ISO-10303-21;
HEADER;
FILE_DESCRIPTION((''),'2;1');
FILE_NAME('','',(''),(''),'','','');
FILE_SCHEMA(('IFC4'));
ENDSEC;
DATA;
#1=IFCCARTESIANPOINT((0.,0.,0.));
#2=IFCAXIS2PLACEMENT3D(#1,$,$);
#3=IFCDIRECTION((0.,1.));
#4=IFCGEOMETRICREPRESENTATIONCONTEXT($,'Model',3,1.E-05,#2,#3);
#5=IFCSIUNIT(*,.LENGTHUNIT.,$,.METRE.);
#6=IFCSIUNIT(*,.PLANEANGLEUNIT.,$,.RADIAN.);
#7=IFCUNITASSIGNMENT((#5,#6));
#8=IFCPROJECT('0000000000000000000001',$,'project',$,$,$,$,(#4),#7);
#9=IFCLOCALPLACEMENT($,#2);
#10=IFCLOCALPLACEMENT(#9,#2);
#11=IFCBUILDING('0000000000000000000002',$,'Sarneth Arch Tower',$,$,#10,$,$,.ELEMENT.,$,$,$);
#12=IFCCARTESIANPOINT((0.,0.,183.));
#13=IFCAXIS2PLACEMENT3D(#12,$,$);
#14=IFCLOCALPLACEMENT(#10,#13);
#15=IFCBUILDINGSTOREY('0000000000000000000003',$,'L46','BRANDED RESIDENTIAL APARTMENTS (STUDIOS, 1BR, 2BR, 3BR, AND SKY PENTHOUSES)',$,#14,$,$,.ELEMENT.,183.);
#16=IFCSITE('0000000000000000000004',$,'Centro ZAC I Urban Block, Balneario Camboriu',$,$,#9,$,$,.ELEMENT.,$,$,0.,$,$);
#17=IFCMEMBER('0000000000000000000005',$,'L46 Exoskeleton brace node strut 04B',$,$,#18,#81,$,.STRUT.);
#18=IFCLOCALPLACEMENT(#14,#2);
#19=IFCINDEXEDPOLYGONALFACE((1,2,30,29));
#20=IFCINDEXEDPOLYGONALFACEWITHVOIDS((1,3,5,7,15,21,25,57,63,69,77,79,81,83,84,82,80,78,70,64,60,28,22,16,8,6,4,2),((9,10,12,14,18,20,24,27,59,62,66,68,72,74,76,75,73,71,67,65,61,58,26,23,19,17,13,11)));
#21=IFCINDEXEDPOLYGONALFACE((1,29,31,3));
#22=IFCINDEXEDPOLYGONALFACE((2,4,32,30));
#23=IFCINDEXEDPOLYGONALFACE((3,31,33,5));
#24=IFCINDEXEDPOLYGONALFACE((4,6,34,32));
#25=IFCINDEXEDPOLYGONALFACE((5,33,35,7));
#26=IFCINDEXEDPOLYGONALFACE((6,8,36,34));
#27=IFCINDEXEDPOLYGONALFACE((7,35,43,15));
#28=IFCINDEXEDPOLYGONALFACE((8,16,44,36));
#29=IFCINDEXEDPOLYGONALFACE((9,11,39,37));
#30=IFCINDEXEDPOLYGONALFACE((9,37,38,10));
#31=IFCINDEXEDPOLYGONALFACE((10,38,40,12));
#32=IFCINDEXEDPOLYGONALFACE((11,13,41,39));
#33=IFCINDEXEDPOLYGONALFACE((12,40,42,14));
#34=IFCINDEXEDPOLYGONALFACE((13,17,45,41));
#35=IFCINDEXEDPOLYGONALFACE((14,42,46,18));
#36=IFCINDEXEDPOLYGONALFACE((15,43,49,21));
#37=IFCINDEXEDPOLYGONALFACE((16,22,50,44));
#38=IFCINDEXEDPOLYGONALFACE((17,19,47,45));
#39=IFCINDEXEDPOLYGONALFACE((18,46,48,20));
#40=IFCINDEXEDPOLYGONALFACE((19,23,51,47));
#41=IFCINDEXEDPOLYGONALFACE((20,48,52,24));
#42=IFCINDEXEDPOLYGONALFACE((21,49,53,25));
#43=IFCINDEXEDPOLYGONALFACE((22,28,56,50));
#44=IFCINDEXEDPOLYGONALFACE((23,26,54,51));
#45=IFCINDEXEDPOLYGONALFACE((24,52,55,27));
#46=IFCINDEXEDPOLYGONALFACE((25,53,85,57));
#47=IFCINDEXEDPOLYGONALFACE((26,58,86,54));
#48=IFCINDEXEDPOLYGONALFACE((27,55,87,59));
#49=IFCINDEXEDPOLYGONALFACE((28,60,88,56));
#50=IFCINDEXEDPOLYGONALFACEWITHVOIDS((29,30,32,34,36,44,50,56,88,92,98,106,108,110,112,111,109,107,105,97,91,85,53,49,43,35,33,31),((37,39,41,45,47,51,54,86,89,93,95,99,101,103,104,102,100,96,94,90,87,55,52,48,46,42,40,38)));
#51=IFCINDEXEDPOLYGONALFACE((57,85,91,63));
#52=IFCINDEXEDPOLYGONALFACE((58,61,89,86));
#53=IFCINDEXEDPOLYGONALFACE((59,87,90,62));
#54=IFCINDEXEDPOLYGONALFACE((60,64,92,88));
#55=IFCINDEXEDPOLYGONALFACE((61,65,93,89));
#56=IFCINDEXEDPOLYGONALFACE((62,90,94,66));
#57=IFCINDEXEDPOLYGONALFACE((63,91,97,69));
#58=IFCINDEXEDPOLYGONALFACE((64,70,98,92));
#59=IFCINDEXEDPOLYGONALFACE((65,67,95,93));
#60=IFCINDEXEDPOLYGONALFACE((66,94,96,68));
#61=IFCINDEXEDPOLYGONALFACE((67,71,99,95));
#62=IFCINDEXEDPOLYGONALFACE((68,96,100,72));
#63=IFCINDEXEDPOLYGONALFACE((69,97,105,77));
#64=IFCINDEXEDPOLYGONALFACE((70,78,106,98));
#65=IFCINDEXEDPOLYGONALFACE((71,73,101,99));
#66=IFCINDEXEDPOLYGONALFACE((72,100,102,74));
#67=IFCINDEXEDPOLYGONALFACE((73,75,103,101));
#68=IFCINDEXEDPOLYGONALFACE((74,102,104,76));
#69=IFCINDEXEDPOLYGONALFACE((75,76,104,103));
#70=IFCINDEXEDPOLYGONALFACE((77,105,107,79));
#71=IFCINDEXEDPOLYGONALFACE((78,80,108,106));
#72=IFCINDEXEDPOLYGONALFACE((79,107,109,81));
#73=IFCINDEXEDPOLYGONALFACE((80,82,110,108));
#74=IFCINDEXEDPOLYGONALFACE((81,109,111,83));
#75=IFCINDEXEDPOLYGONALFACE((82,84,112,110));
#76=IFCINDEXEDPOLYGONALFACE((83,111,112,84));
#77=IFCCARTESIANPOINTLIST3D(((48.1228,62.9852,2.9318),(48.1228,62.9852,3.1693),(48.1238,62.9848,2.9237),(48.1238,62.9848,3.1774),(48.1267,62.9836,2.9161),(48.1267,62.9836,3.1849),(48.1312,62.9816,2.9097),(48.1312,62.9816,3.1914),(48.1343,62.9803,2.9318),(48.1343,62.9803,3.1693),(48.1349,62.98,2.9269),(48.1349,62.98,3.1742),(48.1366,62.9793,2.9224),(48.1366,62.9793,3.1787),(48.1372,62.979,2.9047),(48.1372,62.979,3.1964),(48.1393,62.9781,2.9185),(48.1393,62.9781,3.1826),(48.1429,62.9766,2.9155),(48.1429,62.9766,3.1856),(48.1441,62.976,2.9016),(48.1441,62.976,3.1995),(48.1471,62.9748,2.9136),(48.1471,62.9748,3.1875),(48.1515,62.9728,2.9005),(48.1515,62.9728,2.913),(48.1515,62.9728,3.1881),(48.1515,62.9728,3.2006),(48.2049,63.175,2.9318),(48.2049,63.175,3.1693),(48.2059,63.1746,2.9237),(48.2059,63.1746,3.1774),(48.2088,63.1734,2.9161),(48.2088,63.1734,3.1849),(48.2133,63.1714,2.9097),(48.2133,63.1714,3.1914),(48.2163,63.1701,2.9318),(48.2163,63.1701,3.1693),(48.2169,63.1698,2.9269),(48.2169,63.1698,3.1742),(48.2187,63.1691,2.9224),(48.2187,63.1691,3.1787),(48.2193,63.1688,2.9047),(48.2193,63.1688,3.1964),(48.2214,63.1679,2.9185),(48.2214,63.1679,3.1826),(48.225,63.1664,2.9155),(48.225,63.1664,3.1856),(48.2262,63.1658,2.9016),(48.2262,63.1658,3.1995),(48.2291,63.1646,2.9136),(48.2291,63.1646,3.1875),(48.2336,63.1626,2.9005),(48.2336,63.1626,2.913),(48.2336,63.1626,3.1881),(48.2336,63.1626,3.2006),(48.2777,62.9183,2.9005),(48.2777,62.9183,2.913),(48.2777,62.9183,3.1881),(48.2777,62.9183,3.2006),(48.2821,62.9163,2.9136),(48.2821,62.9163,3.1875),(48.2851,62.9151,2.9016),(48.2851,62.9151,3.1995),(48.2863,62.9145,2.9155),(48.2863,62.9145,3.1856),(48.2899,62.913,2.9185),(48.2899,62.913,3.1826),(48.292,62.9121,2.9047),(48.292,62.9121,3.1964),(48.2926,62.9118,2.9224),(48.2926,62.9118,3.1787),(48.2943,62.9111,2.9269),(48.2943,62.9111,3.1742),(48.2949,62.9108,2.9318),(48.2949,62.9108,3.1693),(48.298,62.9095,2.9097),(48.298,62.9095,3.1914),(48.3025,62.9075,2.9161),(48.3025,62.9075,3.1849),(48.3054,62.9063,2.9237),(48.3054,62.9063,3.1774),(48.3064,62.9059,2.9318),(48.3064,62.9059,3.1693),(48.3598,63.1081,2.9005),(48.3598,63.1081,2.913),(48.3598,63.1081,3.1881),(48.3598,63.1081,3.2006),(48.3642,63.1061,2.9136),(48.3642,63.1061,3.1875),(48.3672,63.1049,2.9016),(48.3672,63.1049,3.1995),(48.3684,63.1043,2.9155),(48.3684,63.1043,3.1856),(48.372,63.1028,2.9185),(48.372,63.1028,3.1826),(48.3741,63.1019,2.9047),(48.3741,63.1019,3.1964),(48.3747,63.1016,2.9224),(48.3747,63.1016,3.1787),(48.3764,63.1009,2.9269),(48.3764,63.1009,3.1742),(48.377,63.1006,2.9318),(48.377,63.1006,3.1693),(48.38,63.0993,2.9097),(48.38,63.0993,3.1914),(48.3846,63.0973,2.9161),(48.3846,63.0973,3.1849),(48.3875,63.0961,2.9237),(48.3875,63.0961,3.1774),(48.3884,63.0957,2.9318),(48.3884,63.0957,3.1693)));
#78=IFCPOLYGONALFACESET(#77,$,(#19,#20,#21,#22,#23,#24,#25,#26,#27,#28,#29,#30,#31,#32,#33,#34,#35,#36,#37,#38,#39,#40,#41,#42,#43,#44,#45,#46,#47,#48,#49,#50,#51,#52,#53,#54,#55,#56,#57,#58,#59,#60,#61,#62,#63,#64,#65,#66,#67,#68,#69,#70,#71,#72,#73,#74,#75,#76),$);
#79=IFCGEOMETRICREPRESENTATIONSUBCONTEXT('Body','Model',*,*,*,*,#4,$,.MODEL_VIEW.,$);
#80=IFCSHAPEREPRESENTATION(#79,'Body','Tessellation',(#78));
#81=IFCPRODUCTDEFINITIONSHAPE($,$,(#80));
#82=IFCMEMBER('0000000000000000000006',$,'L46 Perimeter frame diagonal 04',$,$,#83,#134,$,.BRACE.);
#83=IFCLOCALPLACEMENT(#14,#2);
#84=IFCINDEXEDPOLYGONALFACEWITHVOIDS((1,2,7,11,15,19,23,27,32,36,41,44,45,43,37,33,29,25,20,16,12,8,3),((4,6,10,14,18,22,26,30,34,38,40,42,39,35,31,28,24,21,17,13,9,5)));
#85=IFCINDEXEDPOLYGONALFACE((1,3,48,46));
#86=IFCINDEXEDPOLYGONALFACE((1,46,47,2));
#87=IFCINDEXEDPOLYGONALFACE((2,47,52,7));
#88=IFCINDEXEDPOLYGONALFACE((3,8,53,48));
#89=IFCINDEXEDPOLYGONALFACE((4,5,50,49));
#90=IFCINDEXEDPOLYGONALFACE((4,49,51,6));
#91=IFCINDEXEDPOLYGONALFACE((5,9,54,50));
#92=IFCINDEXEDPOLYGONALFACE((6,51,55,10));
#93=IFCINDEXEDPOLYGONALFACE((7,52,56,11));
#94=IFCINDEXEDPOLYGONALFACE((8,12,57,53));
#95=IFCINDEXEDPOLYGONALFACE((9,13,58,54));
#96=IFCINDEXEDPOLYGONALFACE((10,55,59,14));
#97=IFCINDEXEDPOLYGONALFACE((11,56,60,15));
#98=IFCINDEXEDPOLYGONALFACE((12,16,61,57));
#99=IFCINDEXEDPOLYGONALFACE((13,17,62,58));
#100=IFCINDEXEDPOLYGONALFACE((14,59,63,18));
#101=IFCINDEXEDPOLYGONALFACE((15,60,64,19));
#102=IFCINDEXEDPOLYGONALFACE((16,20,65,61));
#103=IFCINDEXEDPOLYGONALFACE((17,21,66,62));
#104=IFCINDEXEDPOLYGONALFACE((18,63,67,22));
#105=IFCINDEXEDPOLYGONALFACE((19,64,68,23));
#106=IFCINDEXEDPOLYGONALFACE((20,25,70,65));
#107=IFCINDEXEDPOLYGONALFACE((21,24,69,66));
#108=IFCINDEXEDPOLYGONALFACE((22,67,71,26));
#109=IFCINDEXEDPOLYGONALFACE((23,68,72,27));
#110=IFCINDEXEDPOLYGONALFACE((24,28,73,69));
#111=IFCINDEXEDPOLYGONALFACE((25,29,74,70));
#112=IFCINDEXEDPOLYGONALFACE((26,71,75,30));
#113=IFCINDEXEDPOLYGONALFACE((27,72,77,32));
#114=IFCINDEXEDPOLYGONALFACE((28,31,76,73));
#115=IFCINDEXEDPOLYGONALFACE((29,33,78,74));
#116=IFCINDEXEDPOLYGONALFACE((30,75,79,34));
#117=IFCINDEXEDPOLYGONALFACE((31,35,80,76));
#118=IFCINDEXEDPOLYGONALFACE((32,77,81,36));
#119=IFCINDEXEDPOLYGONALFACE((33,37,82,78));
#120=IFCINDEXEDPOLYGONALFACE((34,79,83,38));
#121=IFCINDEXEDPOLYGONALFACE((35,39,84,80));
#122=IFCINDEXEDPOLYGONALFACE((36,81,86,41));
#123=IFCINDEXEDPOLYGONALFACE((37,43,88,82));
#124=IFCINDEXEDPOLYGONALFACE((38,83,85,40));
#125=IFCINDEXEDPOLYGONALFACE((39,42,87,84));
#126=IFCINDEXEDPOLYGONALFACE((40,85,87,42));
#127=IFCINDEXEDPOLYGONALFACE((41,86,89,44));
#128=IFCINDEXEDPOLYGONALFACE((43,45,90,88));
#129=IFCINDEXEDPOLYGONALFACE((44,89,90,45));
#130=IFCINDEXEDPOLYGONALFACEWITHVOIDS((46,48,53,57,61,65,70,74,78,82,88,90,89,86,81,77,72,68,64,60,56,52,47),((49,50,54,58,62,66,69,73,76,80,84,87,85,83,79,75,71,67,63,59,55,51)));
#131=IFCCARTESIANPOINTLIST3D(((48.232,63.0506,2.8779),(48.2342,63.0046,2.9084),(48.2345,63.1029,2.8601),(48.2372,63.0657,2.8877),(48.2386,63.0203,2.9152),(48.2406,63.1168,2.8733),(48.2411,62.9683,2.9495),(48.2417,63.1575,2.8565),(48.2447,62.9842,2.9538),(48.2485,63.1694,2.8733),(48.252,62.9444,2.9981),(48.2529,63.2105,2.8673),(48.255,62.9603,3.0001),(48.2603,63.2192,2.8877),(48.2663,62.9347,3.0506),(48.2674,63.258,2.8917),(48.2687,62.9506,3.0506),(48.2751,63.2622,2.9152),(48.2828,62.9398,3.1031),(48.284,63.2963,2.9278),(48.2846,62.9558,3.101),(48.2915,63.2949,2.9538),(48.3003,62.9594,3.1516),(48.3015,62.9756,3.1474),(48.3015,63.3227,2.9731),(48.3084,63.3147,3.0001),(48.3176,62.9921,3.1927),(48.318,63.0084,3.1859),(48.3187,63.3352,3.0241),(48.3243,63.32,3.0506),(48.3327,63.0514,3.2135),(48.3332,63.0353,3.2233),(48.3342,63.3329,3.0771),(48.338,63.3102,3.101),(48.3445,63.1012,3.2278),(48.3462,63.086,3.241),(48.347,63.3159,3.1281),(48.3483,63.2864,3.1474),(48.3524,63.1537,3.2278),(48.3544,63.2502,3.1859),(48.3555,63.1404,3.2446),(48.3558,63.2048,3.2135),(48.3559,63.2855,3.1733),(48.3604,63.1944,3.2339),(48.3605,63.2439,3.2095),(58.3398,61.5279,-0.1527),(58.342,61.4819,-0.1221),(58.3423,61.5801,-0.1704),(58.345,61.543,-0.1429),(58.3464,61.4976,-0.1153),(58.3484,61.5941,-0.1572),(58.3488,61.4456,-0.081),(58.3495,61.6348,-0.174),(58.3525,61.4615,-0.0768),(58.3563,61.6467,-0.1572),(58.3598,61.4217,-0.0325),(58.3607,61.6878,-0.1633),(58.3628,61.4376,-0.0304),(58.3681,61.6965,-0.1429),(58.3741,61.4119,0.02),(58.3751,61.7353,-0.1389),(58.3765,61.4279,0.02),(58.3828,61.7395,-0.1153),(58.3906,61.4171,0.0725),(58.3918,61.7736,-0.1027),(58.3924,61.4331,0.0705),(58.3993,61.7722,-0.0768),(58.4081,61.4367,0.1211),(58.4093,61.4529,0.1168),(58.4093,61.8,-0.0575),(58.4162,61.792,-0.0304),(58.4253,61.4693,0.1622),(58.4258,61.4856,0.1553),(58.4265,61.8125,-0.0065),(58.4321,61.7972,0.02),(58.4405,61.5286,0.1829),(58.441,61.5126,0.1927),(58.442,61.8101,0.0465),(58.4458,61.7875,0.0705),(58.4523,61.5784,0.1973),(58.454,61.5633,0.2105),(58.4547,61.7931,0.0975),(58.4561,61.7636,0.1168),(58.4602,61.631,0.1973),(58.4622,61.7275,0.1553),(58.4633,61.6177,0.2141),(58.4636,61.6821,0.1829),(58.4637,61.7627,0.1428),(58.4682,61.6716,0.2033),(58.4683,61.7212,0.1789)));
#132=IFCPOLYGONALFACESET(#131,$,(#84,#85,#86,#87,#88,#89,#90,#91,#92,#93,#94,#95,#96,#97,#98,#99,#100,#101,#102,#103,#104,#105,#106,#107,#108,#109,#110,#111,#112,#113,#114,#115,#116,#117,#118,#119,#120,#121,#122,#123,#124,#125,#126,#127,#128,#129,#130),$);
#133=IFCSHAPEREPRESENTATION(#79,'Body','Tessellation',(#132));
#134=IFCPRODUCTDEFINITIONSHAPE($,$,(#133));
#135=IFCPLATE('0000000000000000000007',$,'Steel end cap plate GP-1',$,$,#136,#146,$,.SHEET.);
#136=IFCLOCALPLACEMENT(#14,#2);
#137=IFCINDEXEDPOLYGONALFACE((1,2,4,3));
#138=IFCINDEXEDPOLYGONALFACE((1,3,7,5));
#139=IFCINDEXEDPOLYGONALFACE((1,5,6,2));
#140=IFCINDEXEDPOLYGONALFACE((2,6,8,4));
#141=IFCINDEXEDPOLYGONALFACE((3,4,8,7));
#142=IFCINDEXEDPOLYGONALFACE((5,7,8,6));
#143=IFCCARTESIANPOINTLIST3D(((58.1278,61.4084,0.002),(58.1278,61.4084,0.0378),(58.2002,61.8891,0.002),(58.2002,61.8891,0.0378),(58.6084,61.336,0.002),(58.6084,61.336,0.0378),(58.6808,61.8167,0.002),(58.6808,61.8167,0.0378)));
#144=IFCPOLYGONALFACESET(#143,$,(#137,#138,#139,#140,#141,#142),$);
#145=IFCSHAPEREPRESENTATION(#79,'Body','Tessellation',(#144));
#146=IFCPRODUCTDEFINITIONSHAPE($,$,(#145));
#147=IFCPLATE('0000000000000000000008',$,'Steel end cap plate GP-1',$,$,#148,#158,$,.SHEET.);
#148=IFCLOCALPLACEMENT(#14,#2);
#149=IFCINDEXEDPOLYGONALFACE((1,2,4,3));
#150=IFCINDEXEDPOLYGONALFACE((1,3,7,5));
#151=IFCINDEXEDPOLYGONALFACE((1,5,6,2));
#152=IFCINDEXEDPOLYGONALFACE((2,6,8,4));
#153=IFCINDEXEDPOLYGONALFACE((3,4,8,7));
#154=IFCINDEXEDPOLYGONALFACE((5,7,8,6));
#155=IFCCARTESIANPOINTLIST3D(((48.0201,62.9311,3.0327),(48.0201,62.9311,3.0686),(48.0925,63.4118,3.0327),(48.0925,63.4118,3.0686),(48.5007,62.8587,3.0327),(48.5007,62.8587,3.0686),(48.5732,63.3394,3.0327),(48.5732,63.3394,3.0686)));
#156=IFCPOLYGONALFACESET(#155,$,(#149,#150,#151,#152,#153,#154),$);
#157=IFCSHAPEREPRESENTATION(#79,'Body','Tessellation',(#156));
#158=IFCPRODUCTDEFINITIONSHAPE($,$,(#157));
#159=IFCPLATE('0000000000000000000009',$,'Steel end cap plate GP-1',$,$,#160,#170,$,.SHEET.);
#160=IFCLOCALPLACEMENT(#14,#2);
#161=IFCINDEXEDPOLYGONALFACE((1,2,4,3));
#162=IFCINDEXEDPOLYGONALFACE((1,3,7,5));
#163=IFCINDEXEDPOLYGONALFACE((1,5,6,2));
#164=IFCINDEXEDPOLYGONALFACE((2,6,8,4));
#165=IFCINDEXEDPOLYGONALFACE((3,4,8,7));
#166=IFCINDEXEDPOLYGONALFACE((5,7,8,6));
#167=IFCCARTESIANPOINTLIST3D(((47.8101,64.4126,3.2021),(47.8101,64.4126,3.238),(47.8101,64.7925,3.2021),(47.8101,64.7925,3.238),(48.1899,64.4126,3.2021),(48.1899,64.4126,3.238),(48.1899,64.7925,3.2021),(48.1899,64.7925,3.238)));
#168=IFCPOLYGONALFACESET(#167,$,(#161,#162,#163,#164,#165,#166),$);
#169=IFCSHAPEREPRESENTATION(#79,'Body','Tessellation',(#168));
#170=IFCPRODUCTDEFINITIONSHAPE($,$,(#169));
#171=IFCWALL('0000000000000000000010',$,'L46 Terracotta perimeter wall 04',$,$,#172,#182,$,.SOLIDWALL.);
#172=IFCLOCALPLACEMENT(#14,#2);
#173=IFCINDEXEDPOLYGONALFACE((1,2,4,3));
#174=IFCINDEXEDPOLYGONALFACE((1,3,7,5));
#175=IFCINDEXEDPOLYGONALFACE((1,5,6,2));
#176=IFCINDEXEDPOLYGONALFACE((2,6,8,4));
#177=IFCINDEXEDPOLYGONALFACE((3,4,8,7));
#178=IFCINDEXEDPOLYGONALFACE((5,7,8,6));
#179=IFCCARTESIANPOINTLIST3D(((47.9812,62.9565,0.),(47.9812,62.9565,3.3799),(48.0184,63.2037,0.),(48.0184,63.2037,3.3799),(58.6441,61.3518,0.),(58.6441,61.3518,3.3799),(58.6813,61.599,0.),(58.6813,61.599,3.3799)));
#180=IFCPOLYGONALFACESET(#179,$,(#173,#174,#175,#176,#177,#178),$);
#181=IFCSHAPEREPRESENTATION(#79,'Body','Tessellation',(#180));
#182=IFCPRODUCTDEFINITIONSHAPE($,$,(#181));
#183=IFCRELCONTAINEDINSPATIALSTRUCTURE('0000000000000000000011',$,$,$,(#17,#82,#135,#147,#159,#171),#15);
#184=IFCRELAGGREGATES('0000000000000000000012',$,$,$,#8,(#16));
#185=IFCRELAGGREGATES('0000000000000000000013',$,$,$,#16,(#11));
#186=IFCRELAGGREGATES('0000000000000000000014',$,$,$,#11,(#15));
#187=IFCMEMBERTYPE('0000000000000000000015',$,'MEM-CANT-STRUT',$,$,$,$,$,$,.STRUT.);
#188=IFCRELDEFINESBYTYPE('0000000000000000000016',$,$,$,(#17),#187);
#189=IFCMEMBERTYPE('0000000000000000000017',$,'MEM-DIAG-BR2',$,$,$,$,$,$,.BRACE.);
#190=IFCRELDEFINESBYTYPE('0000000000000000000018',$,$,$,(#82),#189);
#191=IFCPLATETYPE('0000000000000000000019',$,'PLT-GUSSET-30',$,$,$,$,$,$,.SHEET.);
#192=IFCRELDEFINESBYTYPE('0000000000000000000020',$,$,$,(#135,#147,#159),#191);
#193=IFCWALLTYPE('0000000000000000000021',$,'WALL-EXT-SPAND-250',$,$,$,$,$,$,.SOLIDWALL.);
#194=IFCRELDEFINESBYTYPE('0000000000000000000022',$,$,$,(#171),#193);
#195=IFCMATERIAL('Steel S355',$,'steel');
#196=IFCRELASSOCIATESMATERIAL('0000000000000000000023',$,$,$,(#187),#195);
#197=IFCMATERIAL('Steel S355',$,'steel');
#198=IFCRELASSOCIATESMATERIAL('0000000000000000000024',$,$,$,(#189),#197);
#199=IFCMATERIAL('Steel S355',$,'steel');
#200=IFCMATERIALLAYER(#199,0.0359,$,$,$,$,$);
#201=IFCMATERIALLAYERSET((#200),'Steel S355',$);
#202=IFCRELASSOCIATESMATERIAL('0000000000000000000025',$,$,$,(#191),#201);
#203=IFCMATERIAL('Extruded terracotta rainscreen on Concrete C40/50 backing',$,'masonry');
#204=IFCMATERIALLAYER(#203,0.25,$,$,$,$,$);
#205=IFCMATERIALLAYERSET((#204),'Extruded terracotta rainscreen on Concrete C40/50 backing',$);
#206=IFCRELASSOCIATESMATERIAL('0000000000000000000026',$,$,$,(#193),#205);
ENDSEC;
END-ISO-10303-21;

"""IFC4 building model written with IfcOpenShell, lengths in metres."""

from ifc_helpers import new_model, si_unit, direction, frame, frame_2d, origin, origin_2d, place, context, subcontext, project, spatial, rectangle, hollow_rectangle, hollow_circle, extrude, material, layer, layer_set, material_profile, profile_set, type_object, element, save


model = new_model("IFC4")

# Units and contexts
model_context = context("Model", 3, precision=1e-05, world=origin(), true_north=direction((0.0, 1.0)))
body_context = subcontext(model_context, "Body", "Model", "MODEL_VIEW")
ifc_project = project(units=[si_unit("LENGTHUNIT", "METRE"), si_unit("PLANEANGLEUNIT", "RADIAN")], contexts=[model_context])

# Site, building, storey
site_placement = place(None, origin())
site = spatial("IfcSite", under=ifc_project, at=site_placement, Name="Centro ZAC I Urban Block, Balneario Camboriu", CompositionType="ELEMENT", RefElevation=0.0)
building_placement = place(site_placement, origin())
building = spatial("IfcBuilding", under=site, at=building_placement, Name="Sarneth Arch Tower", CompositionType="ELEMENT")
storey_placement = place(building_placement, frame((0.0, 0.0, 183.0)))
storey = spatial("IfcBuildingStorey", under=building, at=storey_placement, Name="L46", Description="BRANDED RESIDENTIAL APARTMENTS (STUDIOS, 1BR, 2BR, 3BR, AND SKY PENTHOUSES)", CompositionType="ELEMENT", Elevation=183.0)

# Members
ifc_material_1 = material(Name="Steel S355", Category="steel")
ifc_material_profile_1 = material_profile(ifc_material_1, hollow_rectangle(XDim=0.2, YDim=0.3, WallThickness=0.0125, InnerFilletRadius=0.0188, OuterFilletRadius=0.0312, at=origin_2d()), Name="RHS300x200x12.5")
ifc_profile_set_1 = profile_set([ifc_material_profile_1], Name="Steel S355")
member_type_1 = type_object("IfcMemberType", Name="MEM-CANT-STRUT", PredefinedType="STRUT", material=ifc_profile_set_1)
member_1_placement = place(storey_placement, frame((48.2146, 62.9456, 3.0505), z_axis=(0.396911, 0.917857, 0.0), x_axis=(-0.917857, 0.396911, 0.0)))
element("IfcMember", 1, at=member_1_placement, inside=storey, type_object=member_type_1, Name="L46 Exoskeleton brace node strut 04B", PredefinedType="STRUT", context=body_context, shape_type="SweptSolid", body=[
    extrude(hollow_rectangle(XDim=0.2, YDim=0.3, WallThickness=0.0125, InnerFilletRadius=0.0188, OuterFilletRadius=0.0312, at=origin_2d()), origin(), (0.0, 0.0, 1.0), 0.2068),
])
ifc_material_2 = material(Name="Steel S355", Category="steel")
ifc_material_profile_2 = material_profile(ifc_material_2, hollow_circle(Radius=0.2029, WallThickness=0.0161, at=origin_2d()), Name="CHS406x16")
ifc_profile_set_2 = profile_set([ifc_material_profile_2], Name="Steel S355")
member_type_2 = type_object("IfcMemberType", Name="MEM-DIAG-BR2", PredefinedType="BRACE", material=ifc_profile_set_2)
member_2_placement = place(storey_placement, frame((58.4043, 61.6125, 0.02), z_axis=(-0.948053, 0.142823, 0.284249), x_axis=(-0.148968, -0.988842, 0.0)))
element("IfcMember", 2, at=member_2_placement, inside=storey, type_object=member_type_2, Name="L46 Perimeter frame diagonal 04", PredefinedType="BRACE", context=body_context, shape_type="SweptSolid", body=[
    extrude(hollow_circle(Radius=0.2029, WallThickness=0.0161, at=origin_2d()), origin(), (0.0, 0.0, 1.0), 10.6616),
])

# Plates
ifc_material_3 = material(Name="Steel S355", Category="steel")
ifc_layer_1 = layer(ifc_material_3, 0.0359)
ifc_layer_set_1 = layer_set([ifc_layer_1], Name="Steel S355")
plate_type = type_object("IfcPlateType", Name="PLT-GUSSET-30", PredefinedType="SHEET", material=ifc_layer_set_1)
for number, where, z_axis, x_axis, name in (
    (3, (58.4043, 61.6125, 0.002), (0.0, 0.0, 1.0), (-0.988835, 0.149018, 0.0), "Steel end cap plate GP-1"),
    (4, (48.2966, 63.1353, 3.0327), (0.0, 0.0, 1.0), (-0.988835, 0.149018, 0.0), "Steel end cap plate GP-1"),
):
    element("IfcPlate", number, at=place(storey_placement, frame(where, z_axis=z_axis, x_axis=x_axis)), inside=storey, type_object=plate_type, Name=name, PredefinedType="SHEET", context=body_context, shape_type="SweptSolid", body=[
        extrude(rectangle(XDim=0.4861, YDim=0.4861, at=origin_2d()), origin(), (0.0, 0.0, 1.0), 0.0359),
    ])
plate_placement = place(storey_placement, frame((48.0, 64.6025, 3.2021), z_axis=(0.0, 0.0, 1.0), x_axis=(0.0, 1.0, 0.0)))
element("IfcPlate", 5, at=plate_placement, inside=storey, type_object=plate_type, Name="Steel end cap plate GP-1", PredefinedType="SHEET", context=body_context, shape_type="SweptSolid", body=[
    extrude(rectangle(XDim=0.3799, YDim=0.3799, at=origin_2d()), origin(), (0.0, 0.0, 1.0), 0.0359),
])

# Wall
ifc_material_4 = material(Name="Extruded terracotta rainscreen on Concrete C40/50 backing", Category="masonry")
ifc_layer_2 = layer(ifc_material_4, 0.25)
ifc_layer_set_2 = layer_set([ifc_layer_2], Name="Extruded terracotta rainscreen on Concrete C40/50 backing")
wall_type_1 = type_object("IfcWallType", Name="WALL-EXT-SPAND-250", PredefinedType="SOLIDWALL", material=ifc_layer_set_2)
wall_1_placement = place(storey_placement, frame((58.6628, 61.4753, 0.0), z_axis=(0.0, 0.0, 1.0), x_axis=(-0.988864, 0.148822, 0.0)))
element("IfcWall", 6, at=wall_1_placement, inside=storey, type_object=wall_type_1, Name="L46 Terracotta perimeter wall 04", PredefinedType="SOLIDWALL", context=body_context, shape_type="SweptSolid", body=[
    extrude(rectangle(XDim=10.783, YDim=0.25, at=frame_2d((5.3916, 0.0))), origin(), (0.0, 0.0, 1.0), 3.3799),
])

save(model, "model.ifc")
